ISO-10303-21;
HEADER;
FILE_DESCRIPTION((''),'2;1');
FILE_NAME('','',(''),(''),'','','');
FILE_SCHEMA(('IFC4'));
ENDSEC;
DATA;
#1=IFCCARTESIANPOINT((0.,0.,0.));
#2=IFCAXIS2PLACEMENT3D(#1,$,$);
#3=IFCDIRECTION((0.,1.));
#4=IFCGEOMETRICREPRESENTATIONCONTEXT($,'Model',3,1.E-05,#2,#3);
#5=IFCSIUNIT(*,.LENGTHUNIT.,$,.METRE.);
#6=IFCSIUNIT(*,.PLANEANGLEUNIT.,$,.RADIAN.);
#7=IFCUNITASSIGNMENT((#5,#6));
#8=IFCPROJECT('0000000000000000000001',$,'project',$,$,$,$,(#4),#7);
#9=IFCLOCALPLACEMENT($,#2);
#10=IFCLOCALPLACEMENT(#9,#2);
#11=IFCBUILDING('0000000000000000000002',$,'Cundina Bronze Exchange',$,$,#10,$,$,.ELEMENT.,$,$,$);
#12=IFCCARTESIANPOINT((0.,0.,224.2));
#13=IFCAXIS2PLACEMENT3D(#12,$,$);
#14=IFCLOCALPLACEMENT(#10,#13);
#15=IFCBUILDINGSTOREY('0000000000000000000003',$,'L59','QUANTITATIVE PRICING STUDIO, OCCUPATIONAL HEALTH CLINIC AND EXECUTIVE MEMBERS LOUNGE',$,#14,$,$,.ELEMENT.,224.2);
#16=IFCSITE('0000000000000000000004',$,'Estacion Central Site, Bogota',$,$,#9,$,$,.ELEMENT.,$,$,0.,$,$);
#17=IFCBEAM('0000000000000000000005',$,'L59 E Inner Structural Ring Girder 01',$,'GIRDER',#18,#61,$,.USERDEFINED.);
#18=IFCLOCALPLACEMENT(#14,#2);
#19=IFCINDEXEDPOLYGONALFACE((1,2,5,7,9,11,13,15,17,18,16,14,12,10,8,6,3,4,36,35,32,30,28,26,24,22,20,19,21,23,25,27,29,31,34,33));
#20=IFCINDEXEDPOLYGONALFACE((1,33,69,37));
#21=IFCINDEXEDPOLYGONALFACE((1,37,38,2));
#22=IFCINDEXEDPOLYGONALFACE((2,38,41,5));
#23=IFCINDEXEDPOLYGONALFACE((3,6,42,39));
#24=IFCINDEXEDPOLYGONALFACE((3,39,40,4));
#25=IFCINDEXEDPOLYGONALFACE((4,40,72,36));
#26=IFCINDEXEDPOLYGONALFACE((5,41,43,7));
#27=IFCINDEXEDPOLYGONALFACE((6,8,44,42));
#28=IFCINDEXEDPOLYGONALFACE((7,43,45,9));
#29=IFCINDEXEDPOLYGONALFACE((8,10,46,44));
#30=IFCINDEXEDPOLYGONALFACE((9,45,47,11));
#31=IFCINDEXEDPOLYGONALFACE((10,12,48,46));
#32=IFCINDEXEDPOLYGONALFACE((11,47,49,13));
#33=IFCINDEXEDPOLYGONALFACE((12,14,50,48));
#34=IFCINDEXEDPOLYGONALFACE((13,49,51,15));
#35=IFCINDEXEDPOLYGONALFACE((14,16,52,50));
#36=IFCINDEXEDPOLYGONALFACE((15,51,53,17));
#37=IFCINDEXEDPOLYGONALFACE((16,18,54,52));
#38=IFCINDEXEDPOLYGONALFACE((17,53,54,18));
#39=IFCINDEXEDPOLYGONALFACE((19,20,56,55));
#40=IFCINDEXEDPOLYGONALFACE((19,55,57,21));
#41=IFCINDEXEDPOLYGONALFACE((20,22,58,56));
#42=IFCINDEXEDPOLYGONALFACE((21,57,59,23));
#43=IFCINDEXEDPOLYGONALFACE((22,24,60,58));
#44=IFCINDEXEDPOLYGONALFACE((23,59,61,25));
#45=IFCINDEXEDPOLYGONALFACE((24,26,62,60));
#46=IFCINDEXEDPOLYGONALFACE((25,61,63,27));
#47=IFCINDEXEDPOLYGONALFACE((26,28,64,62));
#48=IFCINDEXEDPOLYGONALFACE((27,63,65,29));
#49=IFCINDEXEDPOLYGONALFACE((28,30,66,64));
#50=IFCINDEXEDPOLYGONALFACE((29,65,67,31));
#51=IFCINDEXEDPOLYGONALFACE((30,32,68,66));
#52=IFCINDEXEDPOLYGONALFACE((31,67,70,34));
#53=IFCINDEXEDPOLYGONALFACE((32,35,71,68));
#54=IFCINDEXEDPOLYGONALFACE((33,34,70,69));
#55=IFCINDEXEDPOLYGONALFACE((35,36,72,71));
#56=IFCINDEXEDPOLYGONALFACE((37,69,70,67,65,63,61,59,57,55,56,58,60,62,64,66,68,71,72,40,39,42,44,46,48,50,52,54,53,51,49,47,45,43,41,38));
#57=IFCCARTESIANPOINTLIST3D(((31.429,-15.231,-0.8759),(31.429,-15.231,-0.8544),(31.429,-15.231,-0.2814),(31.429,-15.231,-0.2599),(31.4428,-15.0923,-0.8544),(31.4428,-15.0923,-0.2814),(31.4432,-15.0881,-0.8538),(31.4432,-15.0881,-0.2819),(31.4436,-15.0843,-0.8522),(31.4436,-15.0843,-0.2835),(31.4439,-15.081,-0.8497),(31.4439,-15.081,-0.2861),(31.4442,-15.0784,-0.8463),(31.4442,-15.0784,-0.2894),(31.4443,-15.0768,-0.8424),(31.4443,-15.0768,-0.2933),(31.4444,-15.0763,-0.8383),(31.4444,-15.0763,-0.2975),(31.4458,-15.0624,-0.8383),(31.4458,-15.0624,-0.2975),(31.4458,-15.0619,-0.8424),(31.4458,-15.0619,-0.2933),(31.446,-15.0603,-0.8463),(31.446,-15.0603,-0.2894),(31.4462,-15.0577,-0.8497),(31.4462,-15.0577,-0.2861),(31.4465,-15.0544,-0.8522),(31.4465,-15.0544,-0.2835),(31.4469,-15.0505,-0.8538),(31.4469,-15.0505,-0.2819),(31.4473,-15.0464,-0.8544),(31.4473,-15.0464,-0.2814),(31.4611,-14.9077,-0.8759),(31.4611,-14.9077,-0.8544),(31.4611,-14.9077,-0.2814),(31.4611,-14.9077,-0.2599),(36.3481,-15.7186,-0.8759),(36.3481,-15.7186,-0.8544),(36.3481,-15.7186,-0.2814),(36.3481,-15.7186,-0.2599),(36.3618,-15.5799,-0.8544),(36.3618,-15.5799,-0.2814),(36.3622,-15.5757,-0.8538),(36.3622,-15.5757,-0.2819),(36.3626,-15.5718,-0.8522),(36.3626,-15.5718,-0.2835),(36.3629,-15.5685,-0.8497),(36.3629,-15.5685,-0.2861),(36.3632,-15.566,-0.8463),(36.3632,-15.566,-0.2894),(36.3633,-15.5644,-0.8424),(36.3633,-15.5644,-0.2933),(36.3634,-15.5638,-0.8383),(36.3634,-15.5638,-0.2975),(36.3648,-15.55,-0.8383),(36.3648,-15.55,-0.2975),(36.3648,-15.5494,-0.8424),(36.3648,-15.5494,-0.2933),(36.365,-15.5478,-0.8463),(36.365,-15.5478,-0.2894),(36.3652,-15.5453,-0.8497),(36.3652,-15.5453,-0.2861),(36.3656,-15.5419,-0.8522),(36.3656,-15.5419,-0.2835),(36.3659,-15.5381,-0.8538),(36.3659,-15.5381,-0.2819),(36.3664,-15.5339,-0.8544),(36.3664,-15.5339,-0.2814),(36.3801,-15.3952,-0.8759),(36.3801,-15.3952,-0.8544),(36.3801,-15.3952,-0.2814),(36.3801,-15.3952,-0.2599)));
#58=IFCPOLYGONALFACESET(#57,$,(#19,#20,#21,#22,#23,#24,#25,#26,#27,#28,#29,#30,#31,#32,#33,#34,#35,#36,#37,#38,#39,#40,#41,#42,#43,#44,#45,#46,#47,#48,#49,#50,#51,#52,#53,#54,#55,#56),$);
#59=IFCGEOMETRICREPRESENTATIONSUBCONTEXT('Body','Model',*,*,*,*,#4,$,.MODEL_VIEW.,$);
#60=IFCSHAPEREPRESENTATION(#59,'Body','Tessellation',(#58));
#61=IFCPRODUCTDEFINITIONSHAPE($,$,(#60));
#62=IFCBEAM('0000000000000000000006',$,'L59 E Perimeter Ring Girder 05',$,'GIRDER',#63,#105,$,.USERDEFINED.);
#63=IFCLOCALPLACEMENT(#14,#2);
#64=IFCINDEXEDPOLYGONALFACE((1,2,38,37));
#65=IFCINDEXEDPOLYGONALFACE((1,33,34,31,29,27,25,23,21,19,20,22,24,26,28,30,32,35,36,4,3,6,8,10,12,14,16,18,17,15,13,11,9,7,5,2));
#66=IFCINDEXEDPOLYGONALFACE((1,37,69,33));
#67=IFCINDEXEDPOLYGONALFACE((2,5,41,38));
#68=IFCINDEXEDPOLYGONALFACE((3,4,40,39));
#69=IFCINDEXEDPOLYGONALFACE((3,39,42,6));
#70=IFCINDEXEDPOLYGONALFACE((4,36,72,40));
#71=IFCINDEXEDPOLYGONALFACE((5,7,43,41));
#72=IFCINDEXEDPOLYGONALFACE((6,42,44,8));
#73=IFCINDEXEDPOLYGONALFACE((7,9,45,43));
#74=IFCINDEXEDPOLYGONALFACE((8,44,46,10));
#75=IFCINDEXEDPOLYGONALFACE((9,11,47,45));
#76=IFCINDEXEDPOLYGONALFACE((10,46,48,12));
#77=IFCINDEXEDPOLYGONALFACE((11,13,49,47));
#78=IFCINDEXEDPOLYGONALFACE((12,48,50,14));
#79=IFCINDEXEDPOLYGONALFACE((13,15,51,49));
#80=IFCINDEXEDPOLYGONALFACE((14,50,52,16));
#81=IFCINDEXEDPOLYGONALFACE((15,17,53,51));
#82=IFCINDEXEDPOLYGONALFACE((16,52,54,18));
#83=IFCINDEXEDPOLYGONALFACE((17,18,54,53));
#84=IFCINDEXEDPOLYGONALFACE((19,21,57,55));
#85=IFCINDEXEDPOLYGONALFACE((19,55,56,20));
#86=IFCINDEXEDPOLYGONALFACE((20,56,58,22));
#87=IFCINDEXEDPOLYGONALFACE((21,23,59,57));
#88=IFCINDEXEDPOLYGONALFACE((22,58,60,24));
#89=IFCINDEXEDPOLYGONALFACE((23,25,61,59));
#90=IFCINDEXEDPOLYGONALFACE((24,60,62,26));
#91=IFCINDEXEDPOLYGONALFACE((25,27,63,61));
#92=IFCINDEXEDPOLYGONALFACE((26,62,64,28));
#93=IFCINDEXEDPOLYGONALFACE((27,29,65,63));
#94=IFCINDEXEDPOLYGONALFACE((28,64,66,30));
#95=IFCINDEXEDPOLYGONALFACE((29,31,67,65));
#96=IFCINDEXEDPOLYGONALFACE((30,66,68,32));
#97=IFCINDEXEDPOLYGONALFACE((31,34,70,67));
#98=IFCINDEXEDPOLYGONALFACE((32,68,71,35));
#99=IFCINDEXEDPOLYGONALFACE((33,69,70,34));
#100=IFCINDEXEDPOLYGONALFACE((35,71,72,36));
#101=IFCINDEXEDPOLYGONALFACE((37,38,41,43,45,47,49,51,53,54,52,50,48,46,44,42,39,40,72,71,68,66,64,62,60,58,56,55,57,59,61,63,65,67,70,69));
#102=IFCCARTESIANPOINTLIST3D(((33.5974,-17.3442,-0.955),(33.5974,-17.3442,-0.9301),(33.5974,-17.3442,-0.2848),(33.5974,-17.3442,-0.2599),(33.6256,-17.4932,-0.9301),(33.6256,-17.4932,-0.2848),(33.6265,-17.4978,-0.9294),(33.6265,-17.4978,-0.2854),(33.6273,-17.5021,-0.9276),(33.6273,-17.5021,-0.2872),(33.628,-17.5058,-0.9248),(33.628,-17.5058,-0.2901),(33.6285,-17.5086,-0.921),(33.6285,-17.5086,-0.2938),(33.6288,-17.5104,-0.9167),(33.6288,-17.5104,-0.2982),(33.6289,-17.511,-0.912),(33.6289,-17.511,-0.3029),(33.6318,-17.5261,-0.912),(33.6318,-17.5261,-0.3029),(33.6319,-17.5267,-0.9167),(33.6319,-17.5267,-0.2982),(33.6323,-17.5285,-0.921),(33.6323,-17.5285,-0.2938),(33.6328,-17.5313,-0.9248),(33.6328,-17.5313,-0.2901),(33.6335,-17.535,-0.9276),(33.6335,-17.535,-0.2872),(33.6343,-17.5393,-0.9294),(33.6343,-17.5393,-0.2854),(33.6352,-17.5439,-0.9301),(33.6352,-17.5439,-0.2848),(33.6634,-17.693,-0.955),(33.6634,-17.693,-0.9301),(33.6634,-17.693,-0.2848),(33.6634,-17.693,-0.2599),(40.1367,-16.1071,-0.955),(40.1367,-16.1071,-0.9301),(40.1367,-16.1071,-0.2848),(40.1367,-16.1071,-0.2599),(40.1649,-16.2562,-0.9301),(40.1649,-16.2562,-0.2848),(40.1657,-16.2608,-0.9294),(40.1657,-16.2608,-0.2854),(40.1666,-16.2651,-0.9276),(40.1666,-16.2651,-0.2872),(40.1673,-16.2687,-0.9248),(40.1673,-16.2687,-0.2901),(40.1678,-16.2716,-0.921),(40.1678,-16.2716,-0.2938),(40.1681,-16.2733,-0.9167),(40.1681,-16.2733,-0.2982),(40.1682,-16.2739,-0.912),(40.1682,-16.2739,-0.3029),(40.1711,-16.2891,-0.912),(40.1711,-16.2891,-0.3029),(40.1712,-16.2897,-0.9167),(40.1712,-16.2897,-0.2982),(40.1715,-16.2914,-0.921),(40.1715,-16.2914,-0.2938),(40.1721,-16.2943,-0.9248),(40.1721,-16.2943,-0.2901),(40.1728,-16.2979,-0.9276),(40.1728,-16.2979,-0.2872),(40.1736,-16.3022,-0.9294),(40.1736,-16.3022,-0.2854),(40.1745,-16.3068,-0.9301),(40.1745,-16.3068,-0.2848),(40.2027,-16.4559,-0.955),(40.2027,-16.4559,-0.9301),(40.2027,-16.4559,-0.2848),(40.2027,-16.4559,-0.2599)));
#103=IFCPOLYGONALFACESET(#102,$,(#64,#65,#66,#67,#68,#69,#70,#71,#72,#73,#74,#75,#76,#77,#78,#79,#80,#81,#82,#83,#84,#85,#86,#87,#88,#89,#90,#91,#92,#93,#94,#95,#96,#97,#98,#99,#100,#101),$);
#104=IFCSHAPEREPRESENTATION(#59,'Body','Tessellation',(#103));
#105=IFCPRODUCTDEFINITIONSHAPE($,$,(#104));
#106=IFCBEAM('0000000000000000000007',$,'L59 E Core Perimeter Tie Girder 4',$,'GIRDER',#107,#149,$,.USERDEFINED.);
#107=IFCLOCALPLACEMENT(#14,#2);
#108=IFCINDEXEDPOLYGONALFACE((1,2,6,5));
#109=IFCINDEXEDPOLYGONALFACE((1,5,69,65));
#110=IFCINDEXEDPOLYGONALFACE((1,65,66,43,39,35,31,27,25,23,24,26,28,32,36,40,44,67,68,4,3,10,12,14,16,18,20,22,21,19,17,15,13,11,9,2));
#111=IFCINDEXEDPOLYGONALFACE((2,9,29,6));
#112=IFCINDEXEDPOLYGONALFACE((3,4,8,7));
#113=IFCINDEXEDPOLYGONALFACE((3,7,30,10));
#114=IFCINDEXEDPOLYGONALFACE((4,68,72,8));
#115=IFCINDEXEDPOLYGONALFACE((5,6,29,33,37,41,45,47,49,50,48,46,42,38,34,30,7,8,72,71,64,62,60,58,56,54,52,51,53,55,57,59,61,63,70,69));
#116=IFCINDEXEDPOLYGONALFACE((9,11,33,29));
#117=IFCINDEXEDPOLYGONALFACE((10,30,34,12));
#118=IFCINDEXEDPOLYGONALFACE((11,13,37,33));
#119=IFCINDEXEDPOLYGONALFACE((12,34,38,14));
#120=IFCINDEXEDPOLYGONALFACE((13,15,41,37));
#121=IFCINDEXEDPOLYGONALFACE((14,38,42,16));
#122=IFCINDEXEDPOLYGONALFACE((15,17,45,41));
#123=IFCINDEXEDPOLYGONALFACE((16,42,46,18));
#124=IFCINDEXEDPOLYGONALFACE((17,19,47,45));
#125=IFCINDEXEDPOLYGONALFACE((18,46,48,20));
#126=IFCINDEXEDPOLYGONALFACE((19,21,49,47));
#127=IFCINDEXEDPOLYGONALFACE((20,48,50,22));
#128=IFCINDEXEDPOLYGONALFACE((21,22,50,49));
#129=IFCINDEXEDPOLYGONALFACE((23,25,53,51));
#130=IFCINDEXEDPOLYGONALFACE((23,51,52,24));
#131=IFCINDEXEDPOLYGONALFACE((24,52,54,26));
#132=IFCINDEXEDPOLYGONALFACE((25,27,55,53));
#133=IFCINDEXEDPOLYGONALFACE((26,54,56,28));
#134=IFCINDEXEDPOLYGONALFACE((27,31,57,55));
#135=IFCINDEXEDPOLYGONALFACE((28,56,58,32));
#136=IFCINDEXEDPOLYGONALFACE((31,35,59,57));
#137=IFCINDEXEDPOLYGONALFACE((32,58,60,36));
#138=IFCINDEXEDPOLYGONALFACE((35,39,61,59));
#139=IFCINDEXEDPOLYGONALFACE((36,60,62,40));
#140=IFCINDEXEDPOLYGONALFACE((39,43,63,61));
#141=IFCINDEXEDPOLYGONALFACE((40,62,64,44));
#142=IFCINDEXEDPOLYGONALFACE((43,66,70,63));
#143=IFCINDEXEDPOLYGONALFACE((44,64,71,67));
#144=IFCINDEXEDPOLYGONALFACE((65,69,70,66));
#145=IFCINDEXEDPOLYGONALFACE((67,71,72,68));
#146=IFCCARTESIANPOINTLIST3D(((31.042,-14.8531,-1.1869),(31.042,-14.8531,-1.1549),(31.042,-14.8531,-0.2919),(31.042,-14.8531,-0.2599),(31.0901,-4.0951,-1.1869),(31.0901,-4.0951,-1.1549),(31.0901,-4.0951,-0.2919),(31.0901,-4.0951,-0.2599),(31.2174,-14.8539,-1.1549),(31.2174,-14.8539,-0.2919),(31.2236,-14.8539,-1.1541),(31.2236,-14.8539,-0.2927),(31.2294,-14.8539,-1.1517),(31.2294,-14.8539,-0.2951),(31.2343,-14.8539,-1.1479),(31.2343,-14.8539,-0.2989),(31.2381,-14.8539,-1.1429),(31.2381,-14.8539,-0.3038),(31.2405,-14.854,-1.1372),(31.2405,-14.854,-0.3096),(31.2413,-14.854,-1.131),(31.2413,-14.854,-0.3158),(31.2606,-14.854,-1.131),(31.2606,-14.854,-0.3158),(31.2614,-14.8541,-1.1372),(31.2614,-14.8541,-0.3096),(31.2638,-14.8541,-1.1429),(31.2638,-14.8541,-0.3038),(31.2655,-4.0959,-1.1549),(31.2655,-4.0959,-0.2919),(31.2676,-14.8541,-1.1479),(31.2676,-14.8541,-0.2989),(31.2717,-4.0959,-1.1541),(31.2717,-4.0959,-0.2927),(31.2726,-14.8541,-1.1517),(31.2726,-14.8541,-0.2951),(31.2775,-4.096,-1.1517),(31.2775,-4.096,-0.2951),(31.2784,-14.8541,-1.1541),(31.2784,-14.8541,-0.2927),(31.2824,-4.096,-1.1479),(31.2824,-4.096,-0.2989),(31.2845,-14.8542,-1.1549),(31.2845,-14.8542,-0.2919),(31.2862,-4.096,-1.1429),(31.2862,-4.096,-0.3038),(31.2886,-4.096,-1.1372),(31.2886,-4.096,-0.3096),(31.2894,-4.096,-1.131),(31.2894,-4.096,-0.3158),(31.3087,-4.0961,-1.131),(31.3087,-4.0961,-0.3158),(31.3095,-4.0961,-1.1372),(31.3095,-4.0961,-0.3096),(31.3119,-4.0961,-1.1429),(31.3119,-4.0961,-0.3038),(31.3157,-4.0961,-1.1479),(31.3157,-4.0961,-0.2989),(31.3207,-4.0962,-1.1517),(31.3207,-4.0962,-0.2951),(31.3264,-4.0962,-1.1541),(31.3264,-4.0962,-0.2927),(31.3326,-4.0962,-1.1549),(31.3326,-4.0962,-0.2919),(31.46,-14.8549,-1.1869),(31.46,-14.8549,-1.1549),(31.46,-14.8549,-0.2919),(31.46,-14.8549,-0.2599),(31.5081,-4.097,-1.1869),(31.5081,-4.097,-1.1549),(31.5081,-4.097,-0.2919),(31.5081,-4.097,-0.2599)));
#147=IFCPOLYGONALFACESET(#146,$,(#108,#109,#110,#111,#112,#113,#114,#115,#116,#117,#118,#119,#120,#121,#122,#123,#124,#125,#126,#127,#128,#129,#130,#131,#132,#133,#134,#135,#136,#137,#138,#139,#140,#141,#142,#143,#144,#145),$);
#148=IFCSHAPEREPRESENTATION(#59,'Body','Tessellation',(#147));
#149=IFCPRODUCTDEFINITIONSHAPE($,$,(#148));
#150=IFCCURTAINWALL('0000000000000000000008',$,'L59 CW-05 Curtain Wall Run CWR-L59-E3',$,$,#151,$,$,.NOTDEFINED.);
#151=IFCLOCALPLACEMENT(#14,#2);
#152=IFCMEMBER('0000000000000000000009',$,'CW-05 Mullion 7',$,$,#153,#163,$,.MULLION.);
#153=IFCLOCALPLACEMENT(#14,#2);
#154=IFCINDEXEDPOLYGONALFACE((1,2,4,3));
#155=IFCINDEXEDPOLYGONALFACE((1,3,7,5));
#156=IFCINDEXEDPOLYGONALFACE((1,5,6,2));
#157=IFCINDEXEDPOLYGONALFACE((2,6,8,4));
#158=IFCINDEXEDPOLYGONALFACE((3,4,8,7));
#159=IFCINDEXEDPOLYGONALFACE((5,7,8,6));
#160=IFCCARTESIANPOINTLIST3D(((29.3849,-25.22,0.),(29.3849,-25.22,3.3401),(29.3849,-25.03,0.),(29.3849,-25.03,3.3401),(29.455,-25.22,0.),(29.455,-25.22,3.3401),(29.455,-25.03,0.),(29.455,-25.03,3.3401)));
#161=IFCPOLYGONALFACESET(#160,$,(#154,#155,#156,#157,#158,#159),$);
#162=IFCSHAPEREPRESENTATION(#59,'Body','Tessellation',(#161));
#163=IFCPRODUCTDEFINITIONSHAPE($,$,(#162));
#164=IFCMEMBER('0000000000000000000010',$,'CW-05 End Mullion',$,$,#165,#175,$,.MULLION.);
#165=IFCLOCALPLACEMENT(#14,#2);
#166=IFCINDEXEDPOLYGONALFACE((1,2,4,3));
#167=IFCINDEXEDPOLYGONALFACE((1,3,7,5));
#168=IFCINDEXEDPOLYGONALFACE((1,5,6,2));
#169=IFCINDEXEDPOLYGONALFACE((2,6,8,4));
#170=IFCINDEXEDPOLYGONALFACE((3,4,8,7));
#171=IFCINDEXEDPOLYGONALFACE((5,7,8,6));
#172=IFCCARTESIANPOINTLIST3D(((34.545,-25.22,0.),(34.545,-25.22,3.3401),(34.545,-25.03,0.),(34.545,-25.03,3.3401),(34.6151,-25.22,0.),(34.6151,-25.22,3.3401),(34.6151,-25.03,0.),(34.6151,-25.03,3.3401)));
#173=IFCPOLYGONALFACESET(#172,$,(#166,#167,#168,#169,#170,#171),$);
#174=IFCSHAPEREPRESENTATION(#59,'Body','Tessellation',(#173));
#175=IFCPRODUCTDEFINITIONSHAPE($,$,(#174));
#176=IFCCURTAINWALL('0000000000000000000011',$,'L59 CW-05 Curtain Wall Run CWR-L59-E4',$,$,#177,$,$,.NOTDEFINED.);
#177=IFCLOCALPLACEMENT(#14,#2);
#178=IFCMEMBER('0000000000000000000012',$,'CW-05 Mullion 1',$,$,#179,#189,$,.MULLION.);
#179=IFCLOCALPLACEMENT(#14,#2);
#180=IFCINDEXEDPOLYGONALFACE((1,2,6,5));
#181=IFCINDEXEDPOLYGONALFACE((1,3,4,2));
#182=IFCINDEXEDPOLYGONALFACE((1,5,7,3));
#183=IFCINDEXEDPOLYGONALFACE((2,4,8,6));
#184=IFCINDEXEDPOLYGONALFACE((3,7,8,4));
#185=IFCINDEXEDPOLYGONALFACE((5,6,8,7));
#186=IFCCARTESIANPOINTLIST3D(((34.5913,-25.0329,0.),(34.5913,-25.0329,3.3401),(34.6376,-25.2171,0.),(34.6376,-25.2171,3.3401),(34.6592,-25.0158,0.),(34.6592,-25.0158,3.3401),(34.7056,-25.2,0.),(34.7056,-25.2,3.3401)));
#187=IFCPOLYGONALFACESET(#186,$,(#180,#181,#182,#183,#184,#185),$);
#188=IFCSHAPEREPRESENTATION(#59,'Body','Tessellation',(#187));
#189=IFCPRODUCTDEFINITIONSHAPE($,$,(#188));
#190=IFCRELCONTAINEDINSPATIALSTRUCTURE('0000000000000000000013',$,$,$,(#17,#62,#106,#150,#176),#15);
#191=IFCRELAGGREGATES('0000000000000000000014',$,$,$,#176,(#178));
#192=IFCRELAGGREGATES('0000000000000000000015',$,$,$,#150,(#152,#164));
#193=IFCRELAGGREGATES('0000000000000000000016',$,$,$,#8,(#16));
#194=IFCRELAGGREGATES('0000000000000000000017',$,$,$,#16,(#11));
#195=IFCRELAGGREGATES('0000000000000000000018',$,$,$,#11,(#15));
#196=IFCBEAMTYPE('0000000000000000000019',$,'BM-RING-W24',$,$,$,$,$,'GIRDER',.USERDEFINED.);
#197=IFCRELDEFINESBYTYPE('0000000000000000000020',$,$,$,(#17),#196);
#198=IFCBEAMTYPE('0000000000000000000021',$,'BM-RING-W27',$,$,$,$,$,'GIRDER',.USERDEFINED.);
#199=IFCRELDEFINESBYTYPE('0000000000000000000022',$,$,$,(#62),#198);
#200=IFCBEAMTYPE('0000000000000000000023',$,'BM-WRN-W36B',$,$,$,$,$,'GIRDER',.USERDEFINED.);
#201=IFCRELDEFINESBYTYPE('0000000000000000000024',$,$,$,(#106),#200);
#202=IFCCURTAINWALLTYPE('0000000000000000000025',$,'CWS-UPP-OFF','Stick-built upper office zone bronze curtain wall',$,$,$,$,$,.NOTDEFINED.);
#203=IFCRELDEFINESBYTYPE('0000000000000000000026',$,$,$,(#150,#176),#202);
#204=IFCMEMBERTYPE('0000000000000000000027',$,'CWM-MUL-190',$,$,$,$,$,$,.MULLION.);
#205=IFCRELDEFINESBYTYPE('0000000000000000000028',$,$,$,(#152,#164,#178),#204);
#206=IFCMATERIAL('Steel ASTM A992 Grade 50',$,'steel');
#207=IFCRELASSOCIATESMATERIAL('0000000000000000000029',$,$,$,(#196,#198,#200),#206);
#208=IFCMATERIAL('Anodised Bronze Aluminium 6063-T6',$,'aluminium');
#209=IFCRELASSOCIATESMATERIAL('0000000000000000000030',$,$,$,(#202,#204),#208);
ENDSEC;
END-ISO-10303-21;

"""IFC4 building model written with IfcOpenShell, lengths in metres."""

from ifc_helpers import new_model, si_unit, direction, frame, origin, origin_2d, place, context, subcontext, project, spatial, rectangle, i_section, extrude, material, material_profile, profile_set, type_object, element, aggregate, save


model = new_model("IFC4")

# Units and contexts
model_context = context("Model", 3, precision=1e-05, world=origin(), true_north=direction((0.0, 1.0)))
body_context = subcontext(model_context, "Body", "Model", "MODEL_VIEW")
ifc_project = project(units=[si_unit("LENGTHUNIT", "METRE"), si_unit("PLANEANGLEUNIT", "RADIAN")], contexts=[model_context])

# Site, building, storey
site_placement = place(None, origin())
site = spatial("IfcSite", under=ifc_project, at=site_placement, Name="Estacion Central Site, Bogota", CompositionType="ELEMENT", RefElevation=0.0)
building_placement = place(site_placement, origin())
building = spatial("IfcBuilding", under=site, at=building_placement, Name="Cundina Bronze Exchange", CompositionType="ELEMENT")
storey_placement = place(building_placement, frame((0.0, 0.0, 224.2)))
storey = spatial("IfcBuildingStorey", under=building, at=storey_placement, Name="L59", Description="QUANTITATIVE PRICING STUDIO, OCCUPATIONAL HEALTH CLINIC AND EXECUTIVE MEMBERS LOUNGE", CompositionType="ELEMENT", Elevation=224.2)

# Shared definitions
ifc_material_1 = material(Name="Steel ASTM A992 Grade 50", Category="steel")

# Beams
ifc_material_profile_1 = material_profile(ifc_material_1, i_section(OverallWidth=0.325, OverallDepth=0.616, WebThickness=0.0139, FlangeThickness=0.0215, FilletRadius=0.0161, at=origin_2d()), Name="W24X117", Category="steel")
ifc_profile_set_1 = profile_set([ifc_material_profile_1], Name="Steel ASTM A992 Grade 50")
beam_type_1 = type_object("IfcBeamType", Name="BM-RING-W24", ElementType="GIRDER", PredefinedType="USERDEFINED", material=ifc_profile_set_1)
beam_1_placement = place(storey_placement, frame((31.4451, -15.0693, -0.5679), z_axis=(0.995124, -0.098633, 0.0), x_axis=(0.098633, 0.995124, 0.0)))
element("IfcBeam", 1, at=beam_1_placement, inside=storey, type_object=beam_type_1, Name="L59 E Inner Structural Ring Girder 01", ObjectType="GIRDER", PredefinedType="USERDEFINED", context=body_context, shape_type="SweptSolid", body=[
    extrude(i_section(OverallWidth=0.325, OverallDepth=0.616, WebThickness=0.0139, FlangeThickness=0.0215, FilletRadius=0.0161, at=origin_2d()), origin(), (0.0, 0.0, 1.0), 4.9431),
])
ifc_material_profile_2 = material_profile(ifc_material_1, i_section(OverallWidth=0.355, OverallDepth=0.6951, WebThickness=0.0154, FlangeThickness=0.0249, FilletRadius=0.0181, at=origin_2d()), Name="W27X146", Category="steel")
ifc_profile_set_2 = profile_set([ifc_material_profile_2], Name="Steel ASTM A992 Grade 50")
beam_type_2 = type_object("IfcBeamType", Name="BM-RING-W27", ElementType="GIRDER", PredefinedType="USERDEFINED", material=ifc_profile_set_2)
beam_2_placement = place(storey_placement, frame((33.6304, -17.5186, -0.6074), z_axis=(0.982573, 0.185876, 0.0), x_axis=(-0.185876, 0.982573, 0.0)))
element("IfcBeam", 2, at=beam_2_placement, inside=storey, type_object=beam_type_2, Name="L59 E Perimeter Ring Girder 05", ObjectType="GIRDER", PredefinedType="USERDEFINED", context=body_context, shape_type="SweptSolid", body=[
    extrude(i_section(OverallWidth=0.355, OverallDepth=0.6951, WebThickness=0.0154, FlangeThickness=0.0249, FilletRadius=0.0181, at=origin_2d()), origin(), (0.0, 0.0, 1.0), 6.6553),
])
ifc_material_profile_3 = material_profile(ifc_material_1, i_section(OverallWidth=0.418, OverallDepth=0.927, WebThickness=0.0193, FlangeThickness=0.032, FilletRadius=0.0239, at=origin_2d()), Name="W36X231", Category="steel")
ifc_profile_set_3 = profile_set([ifc_material_profile_3], Name="Steel ASTM A992 Grade 50")
beam_type_3 = type_object("IfcBeamType", Name="BM-WRN-W36B", ElementType="GIRDER", PredefinedType="USERDEFINED", material=ifc_profile_set_3)
beam_3_placement = place(storey_placement, frame((31.251, -14.854, -0.7234), z_axis=(0.004471, 0.99999, 0.0), x_axis=(-0.99999, 0.004471, 0.0)))
element("IfcBeam", 3, at=beam_3_placement, inside=storey, type_object=beam_type_3, Name="L59 E Core Perimeter Tie Girder 4", ObjectType="GIRDER", PredefinedType="USERDEFINED", context=body_context, shape_type="SweptSolid", body=[
    extrude(i_section(OverallWidth=0.418, OverallDepth=0.927, WebThickness=0.0193, FlangeThickness=0.032, FilletRadius=0.0239, at=origin_2d()), origin(), (0.0, 0.0, 1.0), 10.7581),
])

# Curtain wall, members
ifc_material_2 = material(Name="Anodised Bronze Aluminium 6063-T6", Category="aluminium")
curtain_wall_type = type_object("IfcCurtainWallType", Name="CWS-UPP-OFF", Description="Stick-built upper office zone bronze curtain wall", PredefinedType="NOTDEFINED", material=ifc_material_2)
curtain_wall_1_placement = place(storey_placement, origin())
curtain_wall_1 = element("IfcCurtainWall", 4, at=curtain_wall_1_placement, inside=storey, type_object=curtain_wall_type, Name="L59 CW-05 Curtain Wall Run CWR-L59-E3", PredefinedType="NOTDEFINED")
ifc_material_profile_4 = material_profile(ifc_material_2, rectangle(XDim=0.0701, YDim=0.1899, at=origin_2d()), Name="AL70X190", Category="aluminium")
ifc_profile_set_4 = profile_set([ifc_material_profile_4], Name="Anodised Bronze Aluminium 6063-T6")
member_type_1 = type_object("IfcMemberType", Name="CWM-MUL-190", PredefinedType="MULLION", material=ifc_profile_set_4)
member_1_placement = place(storey_placement, frame((29.4199, -25.125, 0.0), z_axis=(0.0, 0.0, 1.0), x_axis=(1.0, 0.0, 0.0)))
member_1 = element("IfcMember", 5, at=member_1_placement, type_object=member_type_1, Name="CW-05 Mullion 7", PredefinedType="MULLION", context=body_context, shape_type="SweptSolid", body=[
    extrude(rectangle(XDim=0.0701, YDim=0.1899, at=origin_2d()), origin(), (0.0, 0.0, 1.0), 3.3401),
])
member_2_placement = place(storey_placement, frame((34.5801, -25.125, 0.0), z_axis=(0.0, 0.0, 1.0), x_axis=(1.0, 0.0, 0.0)))
member_2 = element("IfcMember", 6, at=member_2_placement, type_object=member_type_1, Name="CW-05 End Mullion", PredefinedType="MULLION", context=body_context, shape_type="SweptSolid", body=[
    extrude(rectangle(XDim=0.0701, YDim=0.1899, at=origin_2d()), origin(), (0.0, 0.0, 1.0), 3.3401),
])

# Curtain wall, member
curtain_wall_2_placement = place(storey_placement, origin())
curtain_wall_2 = element("IfcCurtainWall", 7, at=curtain_wall_2_placement, inside=storey, type_object=curtain_wall_type, Name="L59 CW-05 Curtain Wall Run CWR-L59-E4", PredefinedType="NOTDEFINED")
member_3_placement = place(storey_placement, frame((34.6484, -25.1165, 0.0), z_axis=(0.0, 0.0, 1.0), x_axis=(0.969744, 0.244123, 0.0)))
member_3 = element("IfcMember", 8, at=member_3_placement, type_object=member_type_1, Name="CW-05 Mullion 1", PredefinedType="MULLION", context=body_context, shape_type="SweptSolid", body=[
    extrude(rectangle(XDim=0.0701, YDim=0.1899, at=origin_2d()), origin(), (0.0, 0.0, 1.0), 3.3401),
])

aggregate(curtain_wall_2, [member_3])

aggregate(curtain_wall_1, [member_1, member_2])

save(model, "model.ifc")
